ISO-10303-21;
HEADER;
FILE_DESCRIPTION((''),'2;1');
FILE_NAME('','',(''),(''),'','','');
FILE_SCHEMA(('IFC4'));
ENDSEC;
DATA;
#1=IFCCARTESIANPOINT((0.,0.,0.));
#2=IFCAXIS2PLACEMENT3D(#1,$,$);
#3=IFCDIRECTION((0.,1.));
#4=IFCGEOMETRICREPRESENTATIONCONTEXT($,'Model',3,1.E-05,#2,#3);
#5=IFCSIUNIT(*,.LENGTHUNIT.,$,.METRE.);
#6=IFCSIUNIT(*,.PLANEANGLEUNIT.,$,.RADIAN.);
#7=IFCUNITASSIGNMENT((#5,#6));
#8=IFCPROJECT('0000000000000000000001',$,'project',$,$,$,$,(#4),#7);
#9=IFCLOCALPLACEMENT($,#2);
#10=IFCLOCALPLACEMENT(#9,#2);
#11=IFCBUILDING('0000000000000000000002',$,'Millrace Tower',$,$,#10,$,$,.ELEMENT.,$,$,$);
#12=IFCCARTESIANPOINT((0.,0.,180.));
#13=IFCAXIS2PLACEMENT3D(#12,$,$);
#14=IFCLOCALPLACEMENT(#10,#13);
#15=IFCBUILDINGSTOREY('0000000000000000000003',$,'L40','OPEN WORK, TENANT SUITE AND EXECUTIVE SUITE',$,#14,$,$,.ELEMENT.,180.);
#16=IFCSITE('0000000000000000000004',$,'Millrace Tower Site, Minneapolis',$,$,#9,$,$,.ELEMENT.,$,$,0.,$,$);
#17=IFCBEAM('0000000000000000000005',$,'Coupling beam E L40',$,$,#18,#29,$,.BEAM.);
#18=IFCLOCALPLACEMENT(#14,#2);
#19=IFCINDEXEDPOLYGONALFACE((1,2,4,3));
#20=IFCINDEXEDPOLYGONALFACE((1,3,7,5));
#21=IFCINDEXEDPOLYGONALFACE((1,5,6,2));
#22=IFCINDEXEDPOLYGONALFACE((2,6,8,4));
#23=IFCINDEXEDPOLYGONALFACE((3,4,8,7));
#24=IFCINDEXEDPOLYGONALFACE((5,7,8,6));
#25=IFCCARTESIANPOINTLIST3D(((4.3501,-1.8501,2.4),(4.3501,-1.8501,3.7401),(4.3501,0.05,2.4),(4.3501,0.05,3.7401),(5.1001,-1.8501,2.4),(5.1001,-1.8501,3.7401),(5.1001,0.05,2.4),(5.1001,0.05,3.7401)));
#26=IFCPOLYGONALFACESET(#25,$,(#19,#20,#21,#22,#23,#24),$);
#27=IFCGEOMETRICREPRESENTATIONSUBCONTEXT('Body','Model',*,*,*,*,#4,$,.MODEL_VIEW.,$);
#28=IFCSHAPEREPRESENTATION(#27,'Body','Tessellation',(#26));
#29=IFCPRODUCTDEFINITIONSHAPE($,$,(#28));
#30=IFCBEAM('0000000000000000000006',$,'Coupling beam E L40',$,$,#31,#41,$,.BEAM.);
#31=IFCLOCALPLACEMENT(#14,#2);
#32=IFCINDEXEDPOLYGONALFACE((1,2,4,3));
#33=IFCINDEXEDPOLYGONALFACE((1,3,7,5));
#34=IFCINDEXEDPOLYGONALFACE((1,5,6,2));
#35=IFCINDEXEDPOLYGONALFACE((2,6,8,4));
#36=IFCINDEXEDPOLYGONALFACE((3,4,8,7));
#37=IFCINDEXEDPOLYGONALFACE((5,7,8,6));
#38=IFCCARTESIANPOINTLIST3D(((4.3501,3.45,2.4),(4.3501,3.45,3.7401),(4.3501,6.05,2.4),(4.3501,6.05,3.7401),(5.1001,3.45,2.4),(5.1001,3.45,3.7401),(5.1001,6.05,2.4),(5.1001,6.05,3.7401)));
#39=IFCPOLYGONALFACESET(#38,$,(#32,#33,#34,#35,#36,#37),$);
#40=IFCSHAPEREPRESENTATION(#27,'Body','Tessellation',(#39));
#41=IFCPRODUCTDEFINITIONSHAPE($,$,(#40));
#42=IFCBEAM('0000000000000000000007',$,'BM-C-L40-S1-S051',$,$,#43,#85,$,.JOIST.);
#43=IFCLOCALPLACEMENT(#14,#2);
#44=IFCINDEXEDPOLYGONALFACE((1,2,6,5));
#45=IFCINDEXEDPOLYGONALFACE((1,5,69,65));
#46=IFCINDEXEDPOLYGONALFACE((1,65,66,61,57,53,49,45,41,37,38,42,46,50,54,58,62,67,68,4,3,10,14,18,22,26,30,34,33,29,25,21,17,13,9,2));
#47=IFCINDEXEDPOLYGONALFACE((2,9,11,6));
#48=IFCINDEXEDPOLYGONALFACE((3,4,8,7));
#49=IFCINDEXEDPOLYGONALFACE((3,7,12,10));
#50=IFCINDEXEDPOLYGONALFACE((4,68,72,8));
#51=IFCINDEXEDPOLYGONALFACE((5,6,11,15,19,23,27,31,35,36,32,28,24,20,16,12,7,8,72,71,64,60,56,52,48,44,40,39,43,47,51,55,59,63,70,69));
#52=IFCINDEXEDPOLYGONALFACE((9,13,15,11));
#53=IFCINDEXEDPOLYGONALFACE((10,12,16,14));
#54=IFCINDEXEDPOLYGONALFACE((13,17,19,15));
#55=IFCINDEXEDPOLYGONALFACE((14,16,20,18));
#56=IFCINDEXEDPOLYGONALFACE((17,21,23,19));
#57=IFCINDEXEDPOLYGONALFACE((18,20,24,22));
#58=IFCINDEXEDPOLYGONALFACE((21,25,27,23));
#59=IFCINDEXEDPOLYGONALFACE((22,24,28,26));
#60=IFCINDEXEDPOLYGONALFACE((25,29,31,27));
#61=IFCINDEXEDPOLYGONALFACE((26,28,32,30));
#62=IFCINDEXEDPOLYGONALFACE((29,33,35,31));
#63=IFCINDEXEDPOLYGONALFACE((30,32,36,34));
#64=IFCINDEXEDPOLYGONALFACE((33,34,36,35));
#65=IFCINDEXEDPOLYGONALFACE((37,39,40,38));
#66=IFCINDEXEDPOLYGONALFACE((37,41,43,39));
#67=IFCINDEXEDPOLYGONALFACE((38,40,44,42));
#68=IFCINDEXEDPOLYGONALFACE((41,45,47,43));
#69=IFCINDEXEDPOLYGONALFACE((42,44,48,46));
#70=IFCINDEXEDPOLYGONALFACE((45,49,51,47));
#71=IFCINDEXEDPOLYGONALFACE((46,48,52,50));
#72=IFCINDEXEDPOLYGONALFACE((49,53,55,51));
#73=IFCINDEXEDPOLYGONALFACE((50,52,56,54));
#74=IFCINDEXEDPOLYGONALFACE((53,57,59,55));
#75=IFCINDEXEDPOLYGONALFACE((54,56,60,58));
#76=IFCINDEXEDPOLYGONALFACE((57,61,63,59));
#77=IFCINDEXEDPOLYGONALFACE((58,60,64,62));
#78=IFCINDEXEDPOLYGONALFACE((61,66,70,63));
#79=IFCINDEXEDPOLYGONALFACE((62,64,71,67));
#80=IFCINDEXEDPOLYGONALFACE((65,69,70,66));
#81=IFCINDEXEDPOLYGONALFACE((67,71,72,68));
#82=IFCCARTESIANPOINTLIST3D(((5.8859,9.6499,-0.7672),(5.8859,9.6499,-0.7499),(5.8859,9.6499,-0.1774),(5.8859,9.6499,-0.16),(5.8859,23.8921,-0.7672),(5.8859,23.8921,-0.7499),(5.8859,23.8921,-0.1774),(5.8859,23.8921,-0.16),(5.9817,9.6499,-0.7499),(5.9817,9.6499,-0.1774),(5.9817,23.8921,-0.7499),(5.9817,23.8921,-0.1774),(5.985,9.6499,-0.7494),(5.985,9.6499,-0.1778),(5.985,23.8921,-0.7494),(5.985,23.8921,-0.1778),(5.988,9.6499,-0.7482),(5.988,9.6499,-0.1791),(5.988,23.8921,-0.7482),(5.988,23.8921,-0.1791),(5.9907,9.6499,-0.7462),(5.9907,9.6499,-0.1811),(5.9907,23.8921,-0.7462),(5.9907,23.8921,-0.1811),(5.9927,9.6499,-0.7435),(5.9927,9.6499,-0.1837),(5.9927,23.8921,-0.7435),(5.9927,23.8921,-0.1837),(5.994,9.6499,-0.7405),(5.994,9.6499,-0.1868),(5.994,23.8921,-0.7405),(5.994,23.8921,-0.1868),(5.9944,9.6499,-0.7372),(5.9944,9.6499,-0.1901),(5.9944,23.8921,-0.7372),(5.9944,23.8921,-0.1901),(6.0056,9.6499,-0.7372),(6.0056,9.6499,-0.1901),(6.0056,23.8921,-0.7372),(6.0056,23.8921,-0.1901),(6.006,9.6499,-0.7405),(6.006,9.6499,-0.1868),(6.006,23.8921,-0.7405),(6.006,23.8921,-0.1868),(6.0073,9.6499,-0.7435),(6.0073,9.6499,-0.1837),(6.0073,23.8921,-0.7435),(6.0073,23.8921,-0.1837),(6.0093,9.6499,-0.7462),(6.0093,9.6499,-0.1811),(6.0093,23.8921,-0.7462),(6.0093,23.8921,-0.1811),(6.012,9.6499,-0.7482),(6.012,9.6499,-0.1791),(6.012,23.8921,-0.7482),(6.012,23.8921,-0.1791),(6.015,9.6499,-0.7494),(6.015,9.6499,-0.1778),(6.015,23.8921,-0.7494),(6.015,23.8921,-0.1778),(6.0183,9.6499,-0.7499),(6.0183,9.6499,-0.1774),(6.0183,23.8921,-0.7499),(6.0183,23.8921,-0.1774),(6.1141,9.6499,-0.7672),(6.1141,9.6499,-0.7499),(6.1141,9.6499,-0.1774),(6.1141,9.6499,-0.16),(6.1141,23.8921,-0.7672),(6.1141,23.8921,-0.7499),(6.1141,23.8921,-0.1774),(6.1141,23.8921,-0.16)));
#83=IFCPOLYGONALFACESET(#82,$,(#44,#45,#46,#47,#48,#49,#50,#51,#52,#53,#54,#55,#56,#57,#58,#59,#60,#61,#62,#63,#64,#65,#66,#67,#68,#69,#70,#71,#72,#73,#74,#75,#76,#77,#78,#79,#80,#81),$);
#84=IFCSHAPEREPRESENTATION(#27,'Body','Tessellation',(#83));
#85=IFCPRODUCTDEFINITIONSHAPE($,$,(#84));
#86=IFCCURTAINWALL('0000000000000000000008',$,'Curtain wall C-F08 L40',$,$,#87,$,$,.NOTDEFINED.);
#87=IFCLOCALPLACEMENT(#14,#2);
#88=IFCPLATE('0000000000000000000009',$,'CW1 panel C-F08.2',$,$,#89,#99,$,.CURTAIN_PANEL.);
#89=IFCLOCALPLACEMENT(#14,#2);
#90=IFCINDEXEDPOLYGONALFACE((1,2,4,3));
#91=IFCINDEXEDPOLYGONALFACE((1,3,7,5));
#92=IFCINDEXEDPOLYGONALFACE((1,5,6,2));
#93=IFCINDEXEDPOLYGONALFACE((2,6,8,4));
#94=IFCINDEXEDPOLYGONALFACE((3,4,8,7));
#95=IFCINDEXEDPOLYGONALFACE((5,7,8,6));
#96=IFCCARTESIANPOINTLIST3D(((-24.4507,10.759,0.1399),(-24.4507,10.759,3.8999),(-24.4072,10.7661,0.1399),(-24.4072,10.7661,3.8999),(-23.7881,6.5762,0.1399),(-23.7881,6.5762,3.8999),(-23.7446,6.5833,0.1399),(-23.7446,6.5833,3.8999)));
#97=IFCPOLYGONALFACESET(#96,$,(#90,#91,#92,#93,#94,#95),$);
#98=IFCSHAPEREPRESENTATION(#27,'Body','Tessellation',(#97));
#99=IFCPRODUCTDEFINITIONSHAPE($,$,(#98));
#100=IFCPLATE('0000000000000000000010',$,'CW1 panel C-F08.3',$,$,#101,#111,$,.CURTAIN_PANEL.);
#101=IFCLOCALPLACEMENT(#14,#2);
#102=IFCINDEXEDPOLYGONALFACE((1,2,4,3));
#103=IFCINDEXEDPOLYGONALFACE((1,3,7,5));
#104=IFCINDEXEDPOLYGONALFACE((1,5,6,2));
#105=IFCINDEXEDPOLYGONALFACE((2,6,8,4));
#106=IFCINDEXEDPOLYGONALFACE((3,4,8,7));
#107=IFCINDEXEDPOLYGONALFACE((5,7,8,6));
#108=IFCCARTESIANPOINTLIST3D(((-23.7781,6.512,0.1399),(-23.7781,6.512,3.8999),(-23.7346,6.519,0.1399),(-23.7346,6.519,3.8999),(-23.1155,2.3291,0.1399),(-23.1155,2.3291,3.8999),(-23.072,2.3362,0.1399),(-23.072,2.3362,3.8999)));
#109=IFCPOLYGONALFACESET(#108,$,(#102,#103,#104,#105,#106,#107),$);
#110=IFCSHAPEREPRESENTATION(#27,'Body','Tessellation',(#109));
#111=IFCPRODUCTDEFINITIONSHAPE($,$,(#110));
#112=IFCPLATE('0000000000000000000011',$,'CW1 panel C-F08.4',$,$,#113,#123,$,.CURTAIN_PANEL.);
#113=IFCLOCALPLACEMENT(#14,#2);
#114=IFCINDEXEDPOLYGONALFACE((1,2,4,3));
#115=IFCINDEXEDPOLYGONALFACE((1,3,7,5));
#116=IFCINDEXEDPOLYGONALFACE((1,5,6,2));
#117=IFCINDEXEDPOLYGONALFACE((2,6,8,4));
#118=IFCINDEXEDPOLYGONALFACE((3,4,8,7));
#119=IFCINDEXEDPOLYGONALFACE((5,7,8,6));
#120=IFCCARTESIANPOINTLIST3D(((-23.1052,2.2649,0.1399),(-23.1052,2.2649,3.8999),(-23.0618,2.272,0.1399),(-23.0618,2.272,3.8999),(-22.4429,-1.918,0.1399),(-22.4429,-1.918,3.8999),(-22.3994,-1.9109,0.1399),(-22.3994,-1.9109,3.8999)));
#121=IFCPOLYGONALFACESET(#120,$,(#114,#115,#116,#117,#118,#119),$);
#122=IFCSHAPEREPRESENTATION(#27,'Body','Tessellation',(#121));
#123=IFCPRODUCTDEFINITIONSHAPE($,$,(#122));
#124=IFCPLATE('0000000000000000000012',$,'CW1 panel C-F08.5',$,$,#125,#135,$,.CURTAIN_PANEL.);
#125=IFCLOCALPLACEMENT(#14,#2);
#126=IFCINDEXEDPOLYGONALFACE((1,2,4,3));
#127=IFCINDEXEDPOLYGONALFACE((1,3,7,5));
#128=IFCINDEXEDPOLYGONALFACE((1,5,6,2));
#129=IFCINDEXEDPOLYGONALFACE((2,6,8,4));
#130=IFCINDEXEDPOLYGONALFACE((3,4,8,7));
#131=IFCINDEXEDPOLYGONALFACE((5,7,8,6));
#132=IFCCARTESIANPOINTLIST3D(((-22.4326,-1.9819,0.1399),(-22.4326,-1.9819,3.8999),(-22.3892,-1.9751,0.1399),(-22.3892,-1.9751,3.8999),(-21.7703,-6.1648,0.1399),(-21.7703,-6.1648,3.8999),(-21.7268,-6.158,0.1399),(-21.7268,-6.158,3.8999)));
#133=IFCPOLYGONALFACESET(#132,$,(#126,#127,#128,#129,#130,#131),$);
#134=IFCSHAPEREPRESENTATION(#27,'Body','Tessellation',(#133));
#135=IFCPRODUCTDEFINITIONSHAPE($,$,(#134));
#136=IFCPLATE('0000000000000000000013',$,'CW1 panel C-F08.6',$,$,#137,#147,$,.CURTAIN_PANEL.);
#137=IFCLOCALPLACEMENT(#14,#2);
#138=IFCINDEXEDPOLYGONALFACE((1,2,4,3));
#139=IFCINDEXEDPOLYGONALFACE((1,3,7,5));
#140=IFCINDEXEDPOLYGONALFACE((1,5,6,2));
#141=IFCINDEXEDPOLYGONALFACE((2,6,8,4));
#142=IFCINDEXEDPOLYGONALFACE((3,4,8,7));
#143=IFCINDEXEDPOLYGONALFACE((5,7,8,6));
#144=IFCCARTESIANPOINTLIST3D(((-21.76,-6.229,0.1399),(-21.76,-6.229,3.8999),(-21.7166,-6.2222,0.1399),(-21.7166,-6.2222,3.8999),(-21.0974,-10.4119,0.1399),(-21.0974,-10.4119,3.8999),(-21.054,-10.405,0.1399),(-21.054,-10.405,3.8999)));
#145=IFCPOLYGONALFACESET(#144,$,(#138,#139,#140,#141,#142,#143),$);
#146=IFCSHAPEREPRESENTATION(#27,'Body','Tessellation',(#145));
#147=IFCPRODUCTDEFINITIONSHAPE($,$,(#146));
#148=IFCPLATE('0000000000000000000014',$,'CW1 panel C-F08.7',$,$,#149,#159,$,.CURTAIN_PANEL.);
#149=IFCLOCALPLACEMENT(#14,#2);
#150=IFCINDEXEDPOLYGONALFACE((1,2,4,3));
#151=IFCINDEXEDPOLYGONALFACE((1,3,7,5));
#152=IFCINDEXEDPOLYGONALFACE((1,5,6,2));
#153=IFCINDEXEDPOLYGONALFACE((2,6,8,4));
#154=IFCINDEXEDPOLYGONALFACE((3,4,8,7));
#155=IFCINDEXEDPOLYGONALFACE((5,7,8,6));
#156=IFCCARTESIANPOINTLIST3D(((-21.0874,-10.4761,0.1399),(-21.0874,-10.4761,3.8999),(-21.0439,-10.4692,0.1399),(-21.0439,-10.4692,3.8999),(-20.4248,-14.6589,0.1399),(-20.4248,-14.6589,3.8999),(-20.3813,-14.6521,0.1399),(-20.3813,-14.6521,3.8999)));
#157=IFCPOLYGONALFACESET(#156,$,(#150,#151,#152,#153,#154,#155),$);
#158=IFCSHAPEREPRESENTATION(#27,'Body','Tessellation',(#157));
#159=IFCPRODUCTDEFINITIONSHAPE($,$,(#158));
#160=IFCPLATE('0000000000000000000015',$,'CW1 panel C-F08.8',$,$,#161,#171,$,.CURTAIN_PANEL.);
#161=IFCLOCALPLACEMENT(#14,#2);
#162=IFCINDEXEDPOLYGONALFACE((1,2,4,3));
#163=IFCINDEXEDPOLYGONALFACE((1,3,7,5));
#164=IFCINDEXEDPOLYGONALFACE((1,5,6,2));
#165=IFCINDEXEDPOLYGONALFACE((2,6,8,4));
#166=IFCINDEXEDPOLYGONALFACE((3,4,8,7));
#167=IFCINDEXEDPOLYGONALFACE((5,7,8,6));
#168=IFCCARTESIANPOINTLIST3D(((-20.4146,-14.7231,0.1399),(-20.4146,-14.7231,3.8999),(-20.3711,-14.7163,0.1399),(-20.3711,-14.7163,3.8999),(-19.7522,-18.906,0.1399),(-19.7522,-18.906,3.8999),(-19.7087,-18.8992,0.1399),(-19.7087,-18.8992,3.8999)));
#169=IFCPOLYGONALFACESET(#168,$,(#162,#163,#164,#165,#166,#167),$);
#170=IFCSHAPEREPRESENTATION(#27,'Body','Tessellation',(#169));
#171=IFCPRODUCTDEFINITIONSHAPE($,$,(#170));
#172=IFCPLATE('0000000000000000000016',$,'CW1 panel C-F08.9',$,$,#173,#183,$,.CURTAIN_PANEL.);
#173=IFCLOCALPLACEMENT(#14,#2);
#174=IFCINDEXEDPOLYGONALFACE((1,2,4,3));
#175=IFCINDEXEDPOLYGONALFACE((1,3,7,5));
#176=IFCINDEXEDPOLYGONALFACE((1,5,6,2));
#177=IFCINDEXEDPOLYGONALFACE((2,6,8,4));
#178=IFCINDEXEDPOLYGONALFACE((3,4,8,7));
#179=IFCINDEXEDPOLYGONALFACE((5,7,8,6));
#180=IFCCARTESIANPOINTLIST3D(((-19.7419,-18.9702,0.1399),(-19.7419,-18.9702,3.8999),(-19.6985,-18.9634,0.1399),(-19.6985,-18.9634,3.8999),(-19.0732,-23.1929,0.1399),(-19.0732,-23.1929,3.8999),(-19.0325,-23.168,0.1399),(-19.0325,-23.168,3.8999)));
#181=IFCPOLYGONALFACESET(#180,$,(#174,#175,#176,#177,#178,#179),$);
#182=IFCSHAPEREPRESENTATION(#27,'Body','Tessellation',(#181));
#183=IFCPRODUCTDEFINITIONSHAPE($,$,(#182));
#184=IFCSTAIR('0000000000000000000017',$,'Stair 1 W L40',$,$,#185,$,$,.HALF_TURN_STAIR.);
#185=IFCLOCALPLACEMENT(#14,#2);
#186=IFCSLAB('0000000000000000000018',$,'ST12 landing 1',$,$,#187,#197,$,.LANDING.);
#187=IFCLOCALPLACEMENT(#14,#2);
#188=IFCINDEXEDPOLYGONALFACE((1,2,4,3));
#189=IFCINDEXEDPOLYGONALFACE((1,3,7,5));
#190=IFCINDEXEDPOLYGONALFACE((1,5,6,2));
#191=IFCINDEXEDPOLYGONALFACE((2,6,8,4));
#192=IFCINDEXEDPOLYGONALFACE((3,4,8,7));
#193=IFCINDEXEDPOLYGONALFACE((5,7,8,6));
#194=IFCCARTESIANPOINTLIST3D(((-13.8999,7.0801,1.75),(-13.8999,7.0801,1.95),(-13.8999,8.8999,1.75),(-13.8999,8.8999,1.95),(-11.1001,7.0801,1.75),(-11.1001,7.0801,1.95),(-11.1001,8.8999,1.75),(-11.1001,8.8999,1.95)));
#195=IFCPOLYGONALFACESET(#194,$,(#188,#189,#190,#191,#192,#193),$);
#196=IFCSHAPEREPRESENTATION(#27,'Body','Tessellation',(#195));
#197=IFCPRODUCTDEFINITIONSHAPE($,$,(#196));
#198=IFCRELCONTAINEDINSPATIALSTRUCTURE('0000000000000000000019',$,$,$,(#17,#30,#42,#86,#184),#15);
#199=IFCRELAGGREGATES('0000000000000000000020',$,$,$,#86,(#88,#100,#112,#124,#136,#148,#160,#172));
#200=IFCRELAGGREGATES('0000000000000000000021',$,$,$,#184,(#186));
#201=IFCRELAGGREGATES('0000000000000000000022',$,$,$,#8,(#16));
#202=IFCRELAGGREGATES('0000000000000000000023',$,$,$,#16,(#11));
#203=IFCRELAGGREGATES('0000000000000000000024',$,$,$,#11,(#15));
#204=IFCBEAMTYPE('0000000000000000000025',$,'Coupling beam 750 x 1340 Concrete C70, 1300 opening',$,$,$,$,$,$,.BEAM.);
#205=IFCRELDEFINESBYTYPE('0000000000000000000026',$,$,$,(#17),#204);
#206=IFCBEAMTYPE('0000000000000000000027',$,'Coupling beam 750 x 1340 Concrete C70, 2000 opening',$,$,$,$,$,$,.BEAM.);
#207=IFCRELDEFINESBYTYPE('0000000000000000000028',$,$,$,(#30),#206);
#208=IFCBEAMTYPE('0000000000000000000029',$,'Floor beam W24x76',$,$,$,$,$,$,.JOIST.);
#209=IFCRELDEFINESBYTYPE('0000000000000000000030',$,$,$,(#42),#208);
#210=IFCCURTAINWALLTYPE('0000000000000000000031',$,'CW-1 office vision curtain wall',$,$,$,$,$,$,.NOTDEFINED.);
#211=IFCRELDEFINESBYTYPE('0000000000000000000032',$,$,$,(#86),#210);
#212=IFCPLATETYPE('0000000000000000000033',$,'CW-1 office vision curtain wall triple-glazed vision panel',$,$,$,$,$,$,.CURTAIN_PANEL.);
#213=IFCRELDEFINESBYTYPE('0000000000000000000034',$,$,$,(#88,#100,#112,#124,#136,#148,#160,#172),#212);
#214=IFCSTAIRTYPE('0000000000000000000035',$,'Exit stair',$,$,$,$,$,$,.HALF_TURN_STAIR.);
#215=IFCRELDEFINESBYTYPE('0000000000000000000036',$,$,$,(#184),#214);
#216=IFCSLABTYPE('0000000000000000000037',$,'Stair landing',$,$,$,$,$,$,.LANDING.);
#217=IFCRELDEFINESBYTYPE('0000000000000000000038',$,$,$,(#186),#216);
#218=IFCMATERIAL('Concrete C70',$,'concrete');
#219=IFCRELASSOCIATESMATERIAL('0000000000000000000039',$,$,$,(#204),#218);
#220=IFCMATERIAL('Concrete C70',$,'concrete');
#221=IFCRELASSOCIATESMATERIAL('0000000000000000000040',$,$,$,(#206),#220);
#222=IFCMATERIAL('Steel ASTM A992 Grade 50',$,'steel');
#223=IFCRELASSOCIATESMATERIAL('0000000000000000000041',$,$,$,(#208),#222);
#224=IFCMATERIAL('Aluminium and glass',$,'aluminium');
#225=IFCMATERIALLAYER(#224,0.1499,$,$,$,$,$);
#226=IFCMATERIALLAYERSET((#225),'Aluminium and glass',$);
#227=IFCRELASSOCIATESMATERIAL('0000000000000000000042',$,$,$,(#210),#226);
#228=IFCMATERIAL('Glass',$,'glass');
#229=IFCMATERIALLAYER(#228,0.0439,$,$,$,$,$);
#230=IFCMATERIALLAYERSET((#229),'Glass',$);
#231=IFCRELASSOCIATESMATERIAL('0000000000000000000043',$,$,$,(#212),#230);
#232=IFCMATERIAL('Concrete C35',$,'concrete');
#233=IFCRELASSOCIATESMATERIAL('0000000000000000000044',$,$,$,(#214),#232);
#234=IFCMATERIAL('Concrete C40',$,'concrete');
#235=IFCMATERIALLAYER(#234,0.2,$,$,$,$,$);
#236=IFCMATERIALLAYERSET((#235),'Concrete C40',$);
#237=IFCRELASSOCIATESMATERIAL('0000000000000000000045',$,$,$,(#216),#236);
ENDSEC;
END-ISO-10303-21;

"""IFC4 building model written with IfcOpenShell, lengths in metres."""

from ifc_helpers import new_model, si_unit, direction, frame, origin, origin_2d, place, context, subcontext, project, spatial, polyline, rectangle, i_section, outline, extrude, material, layer, layer_set, material_profile, profile_set, type_object, element, aggregate, save


model = new_model("IFC4")

# Units and contexts
model_context = context("Model", 3, precision=1e-05, world=origin(), true_north=direction((0.0, 1.0)))
body_context = subcontext(model_context, "Body", "Model", "MODEL_VIEW")
ifc_project = project(units=[si_unit("LENGTHUNIT", "METRE"), si_unit("PLANEANGLEUNIT", "RADIAN")], contexts=[model_context])

# Site, building, storey
site_placement = place(None, origin())
site = spatial("IfcSite", under=ifc_project, at=site_placement, Name="Millrace Tower Site, Minneapolis", CompositionType="ELEMENT", RefElevation=0.0)
building_placement = place(site_placement, origin())
building = spatial("IfcBuilding", under=site, at=building_placement, Name="Millrace Tower", CompositionType="ELEMENT")
storey_placement = place(building_placement, frame((0.0, 0.0, 180.0)))
storey = spatial("IfcBuildingStorey", under=building, at=storey_placement, Name="L40", Description="OPEN WORK, TENANT SUITE AND EXECUTIVE SUITE", CompositionType="ELEMENT", Elevation=180.0)

# Beams
ifc_material_1 = material(Name="Concrete C70", Category="concrete")
ifc_material_profile_1 = material_profile(ifc_material_1, rectangle(XDim=0.75, YDim=1.3401, at=origin_2d()))
ifc_profile_set_1 = profile_set([ifc_material_profile_1], Name="Concrete C70")
beam_type_1 = type_object("IfcBeamType", Name="Coupling beam 750 x 1340 Concrete C70, 1300 opening", PredefinedType="BEAM", material=ifc_profile_set_1)
beam_1_placement = place(storey_placement, frame((4.7251, 0.05, 3.0701), z_axis=(0.0, -1.0, 0.0), x_axis=(1.0, 0.0, 0.0)))
element("IfcBeam", 1, at=beam_1_placement, inside=storey, type_object=beam_type_1, Name="Coupling beam E L40", PredefinedType="BEAM", context=body_context, shape_type="SweptSolid", body=[
    extrude(rectangle(XDim=0.75, YDim=1.3401, at=origin_2d()), origin(), (0.0, 0.0, 1.0), 1.9001),
])
ifc_material_2 = material(Name="Concrete C70", Category="concrete")
ifc_material_profile_2 = material_profile(ifc_material_2, rectangle(XDim=0.75, YDim=1.3401, at=origin_2d()))
ifc_profile_set_2 = profile_set([ifc_material_profile_2], Name="Concrete C70")
beam_type_2 = type_object("IfcBeamType", Name="Coupling beam 750 x 1340 Concrete C70, 2000 opening", PredefinedType="BEAM", material=ifc_profile_set_2)
beam_2_placement = place(storey_placement, frame((4.7251, 6.05, 3.0701), z_axis=(0.0, -1.0, 0.0), x_axis=(1.0, 0.0, 0.0)))
element("IfcBeam", 2, at=beam_2_placement, inside=storey, type_object=beam_type_2, Name="Coupling beam E L40", PredefinedType="BEAM", context=body_context, shape_type="SweptSolid", body=[
    extrude(rectangle(XDim=0.75, YDim=1.3401, at=origin_2d()), origin(), (0.0, 0.0, 1.0), 2.6001),
])
ifc_material_3 = material(Name="Steel ASTM A992 Grade 50", Category="steel")
ifc_material_profile_3 = material_profile(ifc_material_3, i_section(OverallWidth=0.2283, OverallDepth=0.6072, WebThickness=0.0112, FlangeThickness=0.0173, FilletRadius=0.0127, at=origin_2d()))
ifc_profile_set_3 = profile_set([ifc_material_profile_3], Name="Steel ASTM A992 Grade 50")
beam_type_3 = type_object("IfcBeamType", Name="Floor beam W24x76", PredefinedType="JOIST", material=ifc_profile_set_3)
beam_3_placement = place(storey_placement, frame((6.0, 9.6499, -0.4636), z_axis=(0.0, 1.0, 0.0), x_axis=(-1.0, 0.0, 0.0)))
element("IfcBeam", 3, at=beam_3_placement, inside=storey, type_object=beam_type_3, Name="BM-C-L40-S1-S051", PredefinedType="JOIST", context=body_context, shape_type="SweptSolid", body=[
    extrude(i_section(OverallWidth=0.2283, OverallDepth=0.6072, WebThickness=0.0112, FlangeThickness=0.0173, FilletRadius=0.0127, at=origin_2d()), origin(), (0.0, 0.0, 1.0), 14.2422),
])

# Curtain wall, plates
ifc_material_4 = material(Name="Aluminium and glass", Category="aluminium")
ifc_layer_1 = layer(ifc_material_4, 0.1499)
ifc_layer_set_1 = layer_set([ifc_layer_1], Name="Aluminium and glass")
curtain_wall_type = type_object("IfcCurtainWallType", Name="CW-1 office vision curtain wall", PredefinedType="NOTDEFINED", material=ifc_layer_set_1)
placement_1 = place(storey_placement, origin())
curtain_wall = element("IfcCurtainWall", 4, at=placement_1, inside=storey, type_object=curtain_wall_type, Name="Curtain wall C-F08 L40", PredefinedType="NOTDEFINED")
ifc_material_5 = material(Name="Glass", Category="glass")
ifc_layer_2 = layer(ifc_material_5, 0.0439)
ifc_layer_set_2 = layer_set([ifc_layer_2], Name="Glass")
plate_type = type_object("IfcPlateType", Name="CW-1 office vision curtain wall triple-glazed vision panel", PredefinedType="CURTAIN_PANEL", material=ifc_layer_set_2)
placement_2 = place(storey_placement, frame((0.0, 0.0, 0.1399)))
plate_1 = element("IfcPlate", 5, at=placement_2, type_object=plate_type, Name="CW1 panel C-F08.2", PredefinedType="CURTAIN_PANEL", context=body_context, shape_type="SweptSolid", body=[
    extrude(outline(polyline([(-24.4507, 10.759), (-23.7881, 6.5762), (-23.7446, 6.5833), (-24.4072, 10.7661), (-24.4507, 10.759)])), origin(), (0.0, 0.0, 1.0), 3.76),
])
plate_2 = element("IfcPlate", 6, at=placement_2, type_object=plate_type, Name="CW1 panel C-F08.3", PredefinedType="CURTAIN_PANEL", context=body_context, shape_type="SweptSolid", body=[
    extrude(outline(polyline([(-23.7781, 6.512), (-23.1155, 2.3291), (-23.072, 2.3362), (-23.7346, 6.519), (-23.7781, 6.512)])), origin(), (0.0, 0.0, 1.0), 3.76),
])
plate_3 = element("IfcPlate", 7, at=placement_2, type_object=plate_type, Name="CW1 panel C-F08.4", PredefinedType="CURTAIN_PANEL", context=body_context, shape_type="SweptSolid", body=[
    extrude(outline(polyline([(-23.1052, 2.2649), (-22.4429, -1.918), (-22.3994, -1.9109), (-23.0618, 2.272), (-23.1052, 2.2649)])), origin(), (0.0, 0.0, 1.0), 3.76),
])
plate_4 = element("IfcPlate", 8, at=placement_2, type_object=plate_type, Name="CW1 panel C-F08.5", PredefinedType="CURTAIN_PANEL", context=body_context, shape_type="SweptSolid", body=[
    extrude(outline(polyline([(-22.4326, -1.9819), (-21.7703, -6.1648), (-21.7268, -6.158), (-22.3892, -1.9751), (-22.4326, -1.9819)])), origin(), (0.0, 0.0, 1.0), 3.76),
])
plate_5 = element("IfcPlate", 9, at=placement_2, type_object=plate_type, Name="CW1 panel C-F08.6", PredefinedType="CURTAIN_PANEL", context=body_context, shape_type="SweptSolid", body=[
    extrude(outline(polyline([(-21.76, -6.229), (-21.0974, -10.4119), (-21.054, -10.405), (-21.7166, -6.2222), (-21.76, -6.229)])), origin(), (0.0, 0.0, 1.0), 3.76),
])
plate_6 = element("IfcPlate", 10, at=placement_2, type_object=plate_type, Name="CW1 panel C-F08.7", PredefinedType="CURTAIN_PANEL", context=body_context, shape_type="SweptSolid", body=[
    extrude(outline(polyline([(-21.0874, -10.4761), (-20.4248, -14.6589), (-20.3813, -14.6521), (-21.0439, -10.4692), (-21.0874, -10.4761)])), origin(), (0.0, 0.0, 1.0), 3.76),
])
plate_7 = element("IfcPlate", 11, at=placement_2, type_object=plate_type, Name="CW1 panel C-F08.8", PredefinedType="CURTAIN_PANEL", context=body_context, shape_type="SweptSolid", body=[
    extrude(outline(polyline([(-20.4146, -14.7231), (-19.7522, -18.906), (-19.7087, -18.8992), (-20.3711, -14.7163), (-20.4146, -14.7231)])), origin(), (0.0, 0.0, 1.0), 3.76),
])
plate_8 = element("IfcPlate", 12, at=placement_2, type_object=plate_type, Name="CW1 panel C-F08.9", PredefinedType="CURTAIN_PANEL", context=body_context, shape_type="SweptSolid", body=[
    extrude(outline(polyline([(-19.7419, -18.9702), (-19.0732, -23.1929), (-19.0325, -23.168), (-19.6985, -18.9634), (-19.7419, -18.9702)])), origin(), (0.0, 0.0, 1.0), 3.76),
])
aggregate(curtain_wall, [plate_1, plate_2, plate_3, plate_4, plate_5, plate_6, plate_7, plate_8])

# Stair, slab
ifc_material_6 = material(Name="Concrete C35", Category="concrete")
stair_type = type_object("IfcStairType", Name="Exit stair", PredefinedType="HALF_TURN_STAIR", material=ifc_material_6)
stair_1 = element("IfcStair", 13, at=placement_1, inside=storey, type_object=stair_type, Name="Stair 1 W L40", PredefinedType="HALF_TURN_STAIR")
ifc_material_7 = material(Name="Concrete C40", Category="concrete")
ifc_layer_3 = layer(ifc_material_7, 0.2)
ifc_layer_set_3 = layer_set([ifc_layer_3], Name="Concrete C40")
slab_type = type_object("IfcSlabType", Name="Stair landing", PredefinedType="LANDING", material=ifc_layer_set_3)
placement_3 = place(storey_placement, frame((0.0, 0.0, 1.75)))
slab_1 = element("IfcSlab", 14, at=placement_3, type_object=slab_type, Name="ST12 landing 1", PredefinedType="LANDING", context=body_context, shape_type="SweptSolid", body=[
    extrude(outline(polyline([(-13.8999, 7.0801), (-11.1001, 7.0801), (-11.1001, 8.8999), (-13.8999, 8.8999), (-13.8999, 7.0801)])), origin(), (0.0, 0.0, 1.0), 0.2),
])
aggregate(stair_1, [slab_1])

save(model, "model.ifc")
